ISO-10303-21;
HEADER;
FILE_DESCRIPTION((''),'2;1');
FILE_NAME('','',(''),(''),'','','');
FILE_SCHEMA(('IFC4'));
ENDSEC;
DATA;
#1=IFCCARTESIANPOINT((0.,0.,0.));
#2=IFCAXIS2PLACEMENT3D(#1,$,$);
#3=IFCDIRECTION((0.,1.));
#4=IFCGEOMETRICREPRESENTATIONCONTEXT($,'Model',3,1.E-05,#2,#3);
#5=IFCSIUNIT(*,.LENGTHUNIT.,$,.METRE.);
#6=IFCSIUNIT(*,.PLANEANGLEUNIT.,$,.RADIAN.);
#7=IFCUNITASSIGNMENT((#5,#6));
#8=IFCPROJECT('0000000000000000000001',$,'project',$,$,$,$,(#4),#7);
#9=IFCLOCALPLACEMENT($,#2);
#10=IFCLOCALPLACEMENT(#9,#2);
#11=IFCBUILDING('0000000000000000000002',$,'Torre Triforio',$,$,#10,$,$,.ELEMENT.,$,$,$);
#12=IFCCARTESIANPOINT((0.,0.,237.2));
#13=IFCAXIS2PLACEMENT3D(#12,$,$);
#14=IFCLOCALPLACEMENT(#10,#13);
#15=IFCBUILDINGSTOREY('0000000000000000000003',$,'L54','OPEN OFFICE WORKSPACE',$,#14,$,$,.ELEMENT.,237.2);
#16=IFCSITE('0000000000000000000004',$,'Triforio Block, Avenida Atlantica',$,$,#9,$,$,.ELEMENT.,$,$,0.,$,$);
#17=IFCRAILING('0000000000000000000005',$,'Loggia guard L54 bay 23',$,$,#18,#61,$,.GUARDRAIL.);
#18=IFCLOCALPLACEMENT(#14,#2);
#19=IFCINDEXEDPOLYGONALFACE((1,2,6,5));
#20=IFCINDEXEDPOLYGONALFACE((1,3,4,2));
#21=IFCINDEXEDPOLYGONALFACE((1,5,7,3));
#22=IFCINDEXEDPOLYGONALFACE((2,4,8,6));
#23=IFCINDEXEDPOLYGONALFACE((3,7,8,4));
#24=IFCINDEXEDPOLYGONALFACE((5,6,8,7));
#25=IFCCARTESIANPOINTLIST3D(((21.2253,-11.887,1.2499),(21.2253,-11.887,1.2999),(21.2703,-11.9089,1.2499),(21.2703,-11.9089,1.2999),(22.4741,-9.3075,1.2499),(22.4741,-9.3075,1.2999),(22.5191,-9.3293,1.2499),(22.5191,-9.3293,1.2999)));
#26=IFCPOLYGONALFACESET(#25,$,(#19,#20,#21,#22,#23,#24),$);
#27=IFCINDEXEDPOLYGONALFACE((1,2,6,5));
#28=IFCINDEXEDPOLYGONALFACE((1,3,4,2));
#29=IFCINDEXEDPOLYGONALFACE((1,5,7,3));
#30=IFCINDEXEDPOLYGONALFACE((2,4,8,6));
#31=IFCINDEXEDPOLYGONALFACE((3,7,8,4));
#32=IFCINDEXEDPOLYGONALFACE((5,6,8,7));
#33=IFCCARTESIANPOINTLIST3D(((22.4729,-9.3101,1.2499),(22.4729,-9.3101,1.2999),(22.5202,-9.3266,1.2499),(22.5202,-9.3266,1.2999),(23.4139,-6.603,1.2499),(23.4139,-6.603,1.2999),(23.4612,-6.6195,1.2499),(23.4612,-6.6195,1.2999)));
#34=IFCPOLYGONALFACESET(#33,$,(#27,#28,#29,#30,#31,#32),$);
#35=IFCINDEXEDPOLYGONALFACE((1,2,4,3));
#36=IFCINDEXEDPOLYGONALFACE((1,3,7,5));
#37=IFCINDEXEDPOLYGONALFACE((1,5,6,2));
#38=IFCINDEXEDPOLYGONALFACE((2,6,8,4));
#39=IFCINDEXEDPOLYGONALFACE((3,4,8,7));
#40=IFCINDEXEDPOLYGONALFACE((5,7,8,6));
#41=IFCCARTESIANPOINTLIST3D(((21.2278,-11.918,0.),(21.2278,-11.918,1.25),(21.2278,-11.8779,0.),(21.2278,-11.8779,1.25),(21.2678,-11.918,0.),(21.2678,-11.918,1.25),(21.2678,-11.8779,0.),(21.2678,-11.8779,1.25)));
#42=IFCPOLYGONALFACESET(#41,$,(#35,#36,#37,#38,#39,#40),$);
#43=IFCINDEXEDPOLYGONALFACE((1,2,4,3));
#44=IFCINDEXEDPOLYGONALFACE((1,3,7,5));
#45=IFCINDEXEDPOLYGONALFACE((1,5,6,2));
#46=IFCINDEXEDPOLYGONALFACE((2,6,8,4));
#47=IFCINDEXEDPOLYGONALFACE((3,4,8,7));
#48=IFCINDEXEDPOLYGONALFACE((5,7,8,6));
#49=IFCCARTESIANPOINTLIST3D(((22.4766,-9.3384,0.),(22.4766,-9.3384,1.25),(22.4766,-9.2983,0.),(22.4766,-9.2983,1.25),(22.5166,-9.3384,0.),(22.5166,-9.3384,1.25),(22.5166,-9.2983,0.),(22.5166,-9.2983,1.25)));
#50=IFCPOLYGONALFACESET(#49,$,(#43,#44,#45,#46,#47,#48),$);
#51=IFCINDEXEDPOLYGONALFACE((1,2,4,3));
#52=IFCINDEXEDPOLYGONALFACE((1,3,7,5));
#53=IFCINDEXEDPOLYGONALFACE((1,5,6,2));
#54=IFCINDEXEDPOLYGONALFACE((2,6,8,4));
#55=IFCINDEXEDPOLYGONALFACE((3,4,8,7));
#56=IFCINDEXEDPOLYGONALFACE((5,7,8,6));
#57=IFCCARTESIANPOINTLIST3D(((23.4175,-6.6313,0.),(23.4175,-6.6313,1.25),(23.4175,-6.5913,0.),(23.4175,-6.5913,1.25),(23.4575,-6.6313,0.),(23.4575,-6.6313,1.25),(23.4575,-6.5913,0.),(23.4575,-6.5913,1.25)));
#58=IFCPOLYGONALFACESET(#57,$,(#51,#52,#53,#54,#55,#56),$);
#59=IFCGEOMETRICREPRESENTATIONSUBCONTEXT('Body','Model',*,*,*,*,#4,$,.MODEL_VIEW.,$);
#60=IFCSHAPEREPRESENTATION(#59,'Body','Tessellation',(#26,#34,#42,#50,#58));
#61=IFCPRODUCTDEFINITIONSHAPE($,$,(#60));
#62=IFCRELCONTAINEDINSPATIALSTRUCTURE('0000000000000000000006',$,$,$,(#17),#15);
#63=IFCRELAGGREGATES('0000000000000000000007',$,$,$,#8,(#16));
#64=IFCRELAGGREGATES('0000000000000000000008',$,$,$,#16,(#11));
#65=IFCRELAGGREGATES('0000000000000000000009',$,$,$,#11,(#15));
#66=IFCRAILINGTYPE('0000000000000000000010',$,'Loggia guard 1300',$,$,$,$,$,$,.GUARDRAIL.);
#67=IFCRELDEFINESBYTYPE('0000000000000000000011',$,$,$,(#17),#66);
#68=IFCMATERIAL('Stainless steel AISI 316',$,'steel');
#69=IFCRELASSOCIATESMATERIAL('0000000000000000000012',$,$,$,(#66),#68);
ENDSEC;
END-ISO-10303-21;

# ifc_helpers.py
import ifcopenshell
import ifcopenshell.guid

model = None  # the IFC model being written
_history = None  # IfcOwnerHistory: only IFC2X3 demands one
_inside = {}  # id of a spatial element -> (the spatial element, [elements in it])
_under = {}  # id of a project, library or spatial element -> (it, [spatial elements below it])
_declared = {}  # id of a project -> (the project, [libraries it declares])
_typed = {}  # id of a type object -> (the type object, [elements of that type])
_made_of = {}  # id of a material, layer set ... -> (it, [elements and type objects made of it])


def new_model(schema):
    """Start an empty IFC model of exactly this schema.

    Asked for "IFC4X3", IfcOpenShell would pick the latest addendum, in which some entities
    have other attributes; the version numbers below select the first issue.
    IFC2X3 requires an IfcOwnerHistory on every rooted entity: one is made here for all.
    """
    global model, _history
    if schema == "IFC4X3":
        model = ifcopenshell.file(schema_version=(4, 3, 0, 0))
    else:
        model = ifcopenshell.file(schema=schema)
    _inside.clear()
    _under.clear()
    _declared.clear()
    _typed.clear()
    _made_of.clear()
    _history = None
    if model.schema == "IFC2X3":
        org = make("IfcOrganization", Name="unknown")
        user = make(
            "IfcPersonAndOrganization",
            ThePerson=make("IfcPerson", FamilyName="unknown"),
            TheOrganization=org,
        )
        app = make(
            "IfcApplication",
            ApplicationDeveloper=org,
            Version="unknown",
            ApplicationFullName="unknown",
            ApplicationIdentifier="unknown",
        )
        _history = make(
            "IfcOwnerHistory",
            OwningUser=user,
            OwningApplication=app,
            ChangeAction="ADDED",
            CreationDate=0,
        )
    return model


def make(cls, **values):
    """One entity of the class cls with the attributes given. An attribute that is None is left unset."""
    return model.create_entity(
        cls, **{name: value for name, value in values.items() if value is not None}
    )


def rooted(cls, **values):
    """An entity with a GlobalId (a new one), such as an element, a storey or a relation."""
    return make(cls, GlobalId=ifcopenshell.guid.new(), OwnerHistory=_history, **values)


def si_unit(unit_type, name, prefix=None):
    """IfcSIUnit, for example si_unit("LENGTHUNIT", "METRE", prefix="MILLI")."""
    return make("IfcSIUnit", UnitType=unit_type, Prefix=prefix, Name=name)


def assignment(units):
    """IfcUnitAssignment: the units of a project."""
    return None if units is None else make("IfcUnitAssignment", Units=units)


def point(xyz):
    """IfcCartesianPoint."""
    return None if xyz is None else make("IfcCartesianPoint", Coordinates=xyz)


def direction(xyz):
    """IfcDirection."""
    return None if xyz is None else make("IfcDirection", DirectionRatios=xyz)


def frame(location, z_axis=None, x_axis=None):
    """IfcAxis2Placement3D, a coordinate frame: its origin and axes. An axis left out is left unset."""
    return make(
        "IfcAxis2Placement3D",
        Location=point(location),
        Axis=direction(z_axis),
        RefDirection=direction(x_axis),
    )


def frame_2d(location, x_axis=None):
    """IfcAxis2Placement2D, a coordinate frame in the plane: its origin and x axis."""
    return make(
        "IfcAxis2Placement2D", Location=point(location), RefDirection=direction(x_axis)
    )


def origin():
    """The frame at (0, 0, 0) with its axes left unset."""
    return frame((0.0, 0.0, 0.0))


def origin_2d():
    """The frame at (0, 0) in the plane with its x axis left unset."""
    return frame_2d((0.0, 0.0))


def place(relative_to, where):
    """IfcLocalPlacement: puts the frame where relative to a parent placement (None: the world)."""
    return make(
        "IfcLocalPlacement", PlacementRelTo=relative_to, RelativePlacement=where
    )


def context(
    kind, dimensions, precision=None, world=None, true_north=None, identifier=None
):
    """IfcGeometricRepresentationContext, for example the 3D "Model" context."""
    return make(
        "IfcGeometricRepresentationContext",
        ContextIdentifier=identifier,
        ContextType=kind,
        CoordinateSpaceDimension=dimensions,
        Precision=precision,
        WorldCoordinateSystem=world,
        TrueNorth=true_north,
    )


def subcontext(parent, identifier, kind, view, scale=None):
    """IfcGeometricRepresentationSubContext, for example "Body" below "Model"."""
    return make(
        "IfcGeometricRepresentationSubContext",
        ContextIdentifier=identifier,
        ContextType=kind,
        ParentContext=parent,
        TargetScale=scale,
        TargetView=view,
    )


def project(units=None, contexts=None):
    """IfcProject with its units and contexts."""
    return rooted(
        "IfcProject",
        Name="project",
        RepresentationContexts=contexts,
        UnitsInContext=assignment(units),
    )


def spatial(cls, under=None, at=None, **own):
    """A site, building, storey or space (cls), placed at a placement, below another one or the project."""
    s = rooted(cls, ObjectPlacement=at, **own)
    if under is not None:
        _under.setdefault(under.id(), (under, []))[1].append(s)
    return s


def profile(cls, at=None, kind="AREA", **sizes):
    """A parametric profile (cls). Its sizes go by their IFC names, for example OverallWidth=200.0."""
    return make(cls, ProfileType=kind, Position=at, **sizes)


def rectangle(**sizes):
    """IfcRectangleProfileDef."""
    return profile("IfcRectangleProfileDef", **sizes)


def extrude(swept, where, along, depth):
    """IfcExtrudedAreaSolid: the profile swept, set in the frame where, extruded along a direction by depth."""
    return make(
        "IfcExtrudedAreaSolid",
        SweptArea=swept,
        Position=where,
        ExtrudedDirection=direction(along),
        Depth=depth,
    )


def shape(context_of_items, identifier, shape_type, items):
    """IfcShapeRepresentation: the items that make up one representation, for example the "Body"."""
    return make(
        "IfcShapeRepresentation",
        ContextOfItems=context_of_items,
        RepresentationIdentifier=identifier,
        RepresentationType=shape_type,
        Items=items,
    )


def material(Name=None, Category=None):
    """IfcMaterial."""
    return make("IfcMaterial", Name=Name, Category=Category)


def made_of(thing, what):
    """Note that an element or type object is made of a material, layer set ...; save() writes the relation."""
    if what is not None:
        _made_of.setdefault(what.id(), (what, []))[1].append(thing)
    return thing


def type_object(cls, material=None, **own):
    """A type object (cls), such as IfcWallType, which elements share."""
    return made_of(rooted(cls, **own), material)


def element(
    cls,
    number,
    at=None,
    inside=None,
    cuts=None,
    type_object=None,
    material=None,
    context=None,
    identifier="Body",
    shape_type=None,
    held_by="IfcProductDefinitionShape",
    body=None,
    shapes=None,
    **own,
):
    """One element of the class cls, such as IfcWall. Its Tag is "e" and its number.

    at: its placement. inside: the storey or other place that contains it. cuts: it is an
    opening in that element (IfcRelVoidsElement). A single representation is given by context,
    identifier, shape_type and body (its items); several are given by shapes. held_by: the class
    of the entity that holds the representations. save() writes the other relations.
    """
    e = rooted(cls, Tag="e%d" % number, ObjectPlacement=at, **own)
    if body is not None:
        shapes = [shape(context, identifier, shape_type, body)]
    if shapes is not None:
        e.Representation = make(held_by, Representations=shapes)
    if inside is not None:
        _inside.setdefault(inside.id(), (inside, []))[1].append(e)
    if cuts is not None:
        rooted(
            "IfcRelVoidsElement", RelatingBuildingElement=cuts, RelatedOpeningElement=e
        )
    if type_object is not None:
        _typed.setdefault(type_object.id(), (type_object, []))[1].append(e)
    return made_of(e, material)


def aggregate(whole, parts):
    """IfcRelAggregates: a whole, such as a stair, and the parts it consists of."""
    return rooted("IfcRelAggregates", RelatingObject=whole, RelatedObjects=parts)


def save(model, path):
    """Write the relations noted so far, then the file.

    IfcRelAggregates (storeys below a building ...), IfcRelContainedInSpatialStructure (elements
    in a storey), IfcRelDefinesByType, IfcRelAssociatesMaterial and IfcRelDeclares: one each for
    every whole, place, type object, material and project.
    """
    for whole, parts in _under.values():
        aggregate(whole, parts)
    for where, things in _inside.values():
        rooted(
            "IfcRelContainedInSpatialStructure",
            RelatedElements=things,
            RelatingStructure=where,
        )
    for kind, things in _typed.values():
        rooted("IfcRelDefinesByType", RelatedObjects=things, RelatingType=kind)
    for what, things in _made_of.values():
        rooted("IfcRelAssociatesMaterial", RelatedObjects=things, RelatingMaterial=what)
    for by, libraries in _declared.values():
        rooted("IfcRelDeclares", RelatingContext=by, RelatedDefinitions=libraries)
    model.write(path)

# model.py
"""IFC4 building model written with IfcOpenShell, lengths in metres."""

from ifc_helpers import new_model, si_unit, direction, frame, origin, origin_2d, place, context, subcontext, project, spatial, rectangle, extrude, material, type_object, element, save


model = new_model("IFC4")

# Units and contexts
model_context = context("Model", 3, precision=1e-05, world=origin(), true_north=direction((0.0, 1.0)))
body_context = subcontext(model_context, "Body", "Model", "MODEL_VIEW")
ifc_project = project(units=[si_unit("LENGTHUNIT", "METRE"), si_unit("PLANEANGLEUNIT", "RADIAN")], contexts=[model_context])

# Site, building, storey
site_placement = place(None, origin())
site = spatial("IfcSite", under=ifc_project, at=site_placement, Name="Triforio Block, Avenida Atlantica", CompositionType="ELEMENT", RefElevation=0.0)
building_placement = place(site_placement, origin())
building = spatial("IfcBuilding", under=site, at=building_placement, Name="Torre Triforio", CompositionType="ELEMENT")
storey_placement = place(building_placement, frame((0.0, 0.0, 237.2)))
storey = spatial("IfcBuildingStorey", under=building, at=storey_placement, Name="L54", Description="OPEN OFFICE WORKSPACE", CompositionType="ELEMENT", Elevation=237.2)

# Railing
ifc_material_1 = material(Name="Stainless steel AISI 316", Category="steel")
railing_type = type_object("IfcRailingType", Name="Loggia guard 1300", PredefinedType="GUARDRAIL", material=ifc_material_1)
railing_1_placement = place(storey_placement, frame((21.2478, -11.8979, 0.0)))
element("IfcRailing", 1, at=railing_1_placement, inside=storey, type_object=railing_type, Name="Loggia guard L54 bay 23", PredefinedType="GUARDRAIL", context=body_context, shape_type="SweptSolid", body=[
    extrude(rectangle(XDim=0.05, YDim=0.05, at=origin_2d()), frame((0.0, 0.0, 1.2749), z_axis=(0.435728, 0.900078, 0.0), x_axis=(-0.900078, 0.435728, 0.0)), (0.0, 0.0, 1.0), 2.866),
    extrude(rectangle(XDim=0.05, YDim=0.05, at=origin_2d()), frame((1.2488, 2.5796, 1.2749), z_axis=(0.328316, 0.944568, 0.0), x_axis=(-0.944568, 0.328316, 0.0)), (0.0, 0.0, 1.0), 2.866),
    extrude(rectangle(XDim=0.04, YDim=0.04, at=origin_2d()), origin(), (0.0, 0.0, 1.0), 1.25),
    extrude(rectangle(XDim=0.04, YDim=0.04, at=origin_2d()), frame((1.2488, 2.5796, 0.0)), (0.0, 0.0, 1.0), 1.25),
    extrude(rectangle(XDim=0.04, YDim=0.04, at=origin_2d()), frame((2.1897, 5.2866, 0.0)), (0.0, 0.0, 1.0), 1.25),
])

save(model, "model.ifc")
